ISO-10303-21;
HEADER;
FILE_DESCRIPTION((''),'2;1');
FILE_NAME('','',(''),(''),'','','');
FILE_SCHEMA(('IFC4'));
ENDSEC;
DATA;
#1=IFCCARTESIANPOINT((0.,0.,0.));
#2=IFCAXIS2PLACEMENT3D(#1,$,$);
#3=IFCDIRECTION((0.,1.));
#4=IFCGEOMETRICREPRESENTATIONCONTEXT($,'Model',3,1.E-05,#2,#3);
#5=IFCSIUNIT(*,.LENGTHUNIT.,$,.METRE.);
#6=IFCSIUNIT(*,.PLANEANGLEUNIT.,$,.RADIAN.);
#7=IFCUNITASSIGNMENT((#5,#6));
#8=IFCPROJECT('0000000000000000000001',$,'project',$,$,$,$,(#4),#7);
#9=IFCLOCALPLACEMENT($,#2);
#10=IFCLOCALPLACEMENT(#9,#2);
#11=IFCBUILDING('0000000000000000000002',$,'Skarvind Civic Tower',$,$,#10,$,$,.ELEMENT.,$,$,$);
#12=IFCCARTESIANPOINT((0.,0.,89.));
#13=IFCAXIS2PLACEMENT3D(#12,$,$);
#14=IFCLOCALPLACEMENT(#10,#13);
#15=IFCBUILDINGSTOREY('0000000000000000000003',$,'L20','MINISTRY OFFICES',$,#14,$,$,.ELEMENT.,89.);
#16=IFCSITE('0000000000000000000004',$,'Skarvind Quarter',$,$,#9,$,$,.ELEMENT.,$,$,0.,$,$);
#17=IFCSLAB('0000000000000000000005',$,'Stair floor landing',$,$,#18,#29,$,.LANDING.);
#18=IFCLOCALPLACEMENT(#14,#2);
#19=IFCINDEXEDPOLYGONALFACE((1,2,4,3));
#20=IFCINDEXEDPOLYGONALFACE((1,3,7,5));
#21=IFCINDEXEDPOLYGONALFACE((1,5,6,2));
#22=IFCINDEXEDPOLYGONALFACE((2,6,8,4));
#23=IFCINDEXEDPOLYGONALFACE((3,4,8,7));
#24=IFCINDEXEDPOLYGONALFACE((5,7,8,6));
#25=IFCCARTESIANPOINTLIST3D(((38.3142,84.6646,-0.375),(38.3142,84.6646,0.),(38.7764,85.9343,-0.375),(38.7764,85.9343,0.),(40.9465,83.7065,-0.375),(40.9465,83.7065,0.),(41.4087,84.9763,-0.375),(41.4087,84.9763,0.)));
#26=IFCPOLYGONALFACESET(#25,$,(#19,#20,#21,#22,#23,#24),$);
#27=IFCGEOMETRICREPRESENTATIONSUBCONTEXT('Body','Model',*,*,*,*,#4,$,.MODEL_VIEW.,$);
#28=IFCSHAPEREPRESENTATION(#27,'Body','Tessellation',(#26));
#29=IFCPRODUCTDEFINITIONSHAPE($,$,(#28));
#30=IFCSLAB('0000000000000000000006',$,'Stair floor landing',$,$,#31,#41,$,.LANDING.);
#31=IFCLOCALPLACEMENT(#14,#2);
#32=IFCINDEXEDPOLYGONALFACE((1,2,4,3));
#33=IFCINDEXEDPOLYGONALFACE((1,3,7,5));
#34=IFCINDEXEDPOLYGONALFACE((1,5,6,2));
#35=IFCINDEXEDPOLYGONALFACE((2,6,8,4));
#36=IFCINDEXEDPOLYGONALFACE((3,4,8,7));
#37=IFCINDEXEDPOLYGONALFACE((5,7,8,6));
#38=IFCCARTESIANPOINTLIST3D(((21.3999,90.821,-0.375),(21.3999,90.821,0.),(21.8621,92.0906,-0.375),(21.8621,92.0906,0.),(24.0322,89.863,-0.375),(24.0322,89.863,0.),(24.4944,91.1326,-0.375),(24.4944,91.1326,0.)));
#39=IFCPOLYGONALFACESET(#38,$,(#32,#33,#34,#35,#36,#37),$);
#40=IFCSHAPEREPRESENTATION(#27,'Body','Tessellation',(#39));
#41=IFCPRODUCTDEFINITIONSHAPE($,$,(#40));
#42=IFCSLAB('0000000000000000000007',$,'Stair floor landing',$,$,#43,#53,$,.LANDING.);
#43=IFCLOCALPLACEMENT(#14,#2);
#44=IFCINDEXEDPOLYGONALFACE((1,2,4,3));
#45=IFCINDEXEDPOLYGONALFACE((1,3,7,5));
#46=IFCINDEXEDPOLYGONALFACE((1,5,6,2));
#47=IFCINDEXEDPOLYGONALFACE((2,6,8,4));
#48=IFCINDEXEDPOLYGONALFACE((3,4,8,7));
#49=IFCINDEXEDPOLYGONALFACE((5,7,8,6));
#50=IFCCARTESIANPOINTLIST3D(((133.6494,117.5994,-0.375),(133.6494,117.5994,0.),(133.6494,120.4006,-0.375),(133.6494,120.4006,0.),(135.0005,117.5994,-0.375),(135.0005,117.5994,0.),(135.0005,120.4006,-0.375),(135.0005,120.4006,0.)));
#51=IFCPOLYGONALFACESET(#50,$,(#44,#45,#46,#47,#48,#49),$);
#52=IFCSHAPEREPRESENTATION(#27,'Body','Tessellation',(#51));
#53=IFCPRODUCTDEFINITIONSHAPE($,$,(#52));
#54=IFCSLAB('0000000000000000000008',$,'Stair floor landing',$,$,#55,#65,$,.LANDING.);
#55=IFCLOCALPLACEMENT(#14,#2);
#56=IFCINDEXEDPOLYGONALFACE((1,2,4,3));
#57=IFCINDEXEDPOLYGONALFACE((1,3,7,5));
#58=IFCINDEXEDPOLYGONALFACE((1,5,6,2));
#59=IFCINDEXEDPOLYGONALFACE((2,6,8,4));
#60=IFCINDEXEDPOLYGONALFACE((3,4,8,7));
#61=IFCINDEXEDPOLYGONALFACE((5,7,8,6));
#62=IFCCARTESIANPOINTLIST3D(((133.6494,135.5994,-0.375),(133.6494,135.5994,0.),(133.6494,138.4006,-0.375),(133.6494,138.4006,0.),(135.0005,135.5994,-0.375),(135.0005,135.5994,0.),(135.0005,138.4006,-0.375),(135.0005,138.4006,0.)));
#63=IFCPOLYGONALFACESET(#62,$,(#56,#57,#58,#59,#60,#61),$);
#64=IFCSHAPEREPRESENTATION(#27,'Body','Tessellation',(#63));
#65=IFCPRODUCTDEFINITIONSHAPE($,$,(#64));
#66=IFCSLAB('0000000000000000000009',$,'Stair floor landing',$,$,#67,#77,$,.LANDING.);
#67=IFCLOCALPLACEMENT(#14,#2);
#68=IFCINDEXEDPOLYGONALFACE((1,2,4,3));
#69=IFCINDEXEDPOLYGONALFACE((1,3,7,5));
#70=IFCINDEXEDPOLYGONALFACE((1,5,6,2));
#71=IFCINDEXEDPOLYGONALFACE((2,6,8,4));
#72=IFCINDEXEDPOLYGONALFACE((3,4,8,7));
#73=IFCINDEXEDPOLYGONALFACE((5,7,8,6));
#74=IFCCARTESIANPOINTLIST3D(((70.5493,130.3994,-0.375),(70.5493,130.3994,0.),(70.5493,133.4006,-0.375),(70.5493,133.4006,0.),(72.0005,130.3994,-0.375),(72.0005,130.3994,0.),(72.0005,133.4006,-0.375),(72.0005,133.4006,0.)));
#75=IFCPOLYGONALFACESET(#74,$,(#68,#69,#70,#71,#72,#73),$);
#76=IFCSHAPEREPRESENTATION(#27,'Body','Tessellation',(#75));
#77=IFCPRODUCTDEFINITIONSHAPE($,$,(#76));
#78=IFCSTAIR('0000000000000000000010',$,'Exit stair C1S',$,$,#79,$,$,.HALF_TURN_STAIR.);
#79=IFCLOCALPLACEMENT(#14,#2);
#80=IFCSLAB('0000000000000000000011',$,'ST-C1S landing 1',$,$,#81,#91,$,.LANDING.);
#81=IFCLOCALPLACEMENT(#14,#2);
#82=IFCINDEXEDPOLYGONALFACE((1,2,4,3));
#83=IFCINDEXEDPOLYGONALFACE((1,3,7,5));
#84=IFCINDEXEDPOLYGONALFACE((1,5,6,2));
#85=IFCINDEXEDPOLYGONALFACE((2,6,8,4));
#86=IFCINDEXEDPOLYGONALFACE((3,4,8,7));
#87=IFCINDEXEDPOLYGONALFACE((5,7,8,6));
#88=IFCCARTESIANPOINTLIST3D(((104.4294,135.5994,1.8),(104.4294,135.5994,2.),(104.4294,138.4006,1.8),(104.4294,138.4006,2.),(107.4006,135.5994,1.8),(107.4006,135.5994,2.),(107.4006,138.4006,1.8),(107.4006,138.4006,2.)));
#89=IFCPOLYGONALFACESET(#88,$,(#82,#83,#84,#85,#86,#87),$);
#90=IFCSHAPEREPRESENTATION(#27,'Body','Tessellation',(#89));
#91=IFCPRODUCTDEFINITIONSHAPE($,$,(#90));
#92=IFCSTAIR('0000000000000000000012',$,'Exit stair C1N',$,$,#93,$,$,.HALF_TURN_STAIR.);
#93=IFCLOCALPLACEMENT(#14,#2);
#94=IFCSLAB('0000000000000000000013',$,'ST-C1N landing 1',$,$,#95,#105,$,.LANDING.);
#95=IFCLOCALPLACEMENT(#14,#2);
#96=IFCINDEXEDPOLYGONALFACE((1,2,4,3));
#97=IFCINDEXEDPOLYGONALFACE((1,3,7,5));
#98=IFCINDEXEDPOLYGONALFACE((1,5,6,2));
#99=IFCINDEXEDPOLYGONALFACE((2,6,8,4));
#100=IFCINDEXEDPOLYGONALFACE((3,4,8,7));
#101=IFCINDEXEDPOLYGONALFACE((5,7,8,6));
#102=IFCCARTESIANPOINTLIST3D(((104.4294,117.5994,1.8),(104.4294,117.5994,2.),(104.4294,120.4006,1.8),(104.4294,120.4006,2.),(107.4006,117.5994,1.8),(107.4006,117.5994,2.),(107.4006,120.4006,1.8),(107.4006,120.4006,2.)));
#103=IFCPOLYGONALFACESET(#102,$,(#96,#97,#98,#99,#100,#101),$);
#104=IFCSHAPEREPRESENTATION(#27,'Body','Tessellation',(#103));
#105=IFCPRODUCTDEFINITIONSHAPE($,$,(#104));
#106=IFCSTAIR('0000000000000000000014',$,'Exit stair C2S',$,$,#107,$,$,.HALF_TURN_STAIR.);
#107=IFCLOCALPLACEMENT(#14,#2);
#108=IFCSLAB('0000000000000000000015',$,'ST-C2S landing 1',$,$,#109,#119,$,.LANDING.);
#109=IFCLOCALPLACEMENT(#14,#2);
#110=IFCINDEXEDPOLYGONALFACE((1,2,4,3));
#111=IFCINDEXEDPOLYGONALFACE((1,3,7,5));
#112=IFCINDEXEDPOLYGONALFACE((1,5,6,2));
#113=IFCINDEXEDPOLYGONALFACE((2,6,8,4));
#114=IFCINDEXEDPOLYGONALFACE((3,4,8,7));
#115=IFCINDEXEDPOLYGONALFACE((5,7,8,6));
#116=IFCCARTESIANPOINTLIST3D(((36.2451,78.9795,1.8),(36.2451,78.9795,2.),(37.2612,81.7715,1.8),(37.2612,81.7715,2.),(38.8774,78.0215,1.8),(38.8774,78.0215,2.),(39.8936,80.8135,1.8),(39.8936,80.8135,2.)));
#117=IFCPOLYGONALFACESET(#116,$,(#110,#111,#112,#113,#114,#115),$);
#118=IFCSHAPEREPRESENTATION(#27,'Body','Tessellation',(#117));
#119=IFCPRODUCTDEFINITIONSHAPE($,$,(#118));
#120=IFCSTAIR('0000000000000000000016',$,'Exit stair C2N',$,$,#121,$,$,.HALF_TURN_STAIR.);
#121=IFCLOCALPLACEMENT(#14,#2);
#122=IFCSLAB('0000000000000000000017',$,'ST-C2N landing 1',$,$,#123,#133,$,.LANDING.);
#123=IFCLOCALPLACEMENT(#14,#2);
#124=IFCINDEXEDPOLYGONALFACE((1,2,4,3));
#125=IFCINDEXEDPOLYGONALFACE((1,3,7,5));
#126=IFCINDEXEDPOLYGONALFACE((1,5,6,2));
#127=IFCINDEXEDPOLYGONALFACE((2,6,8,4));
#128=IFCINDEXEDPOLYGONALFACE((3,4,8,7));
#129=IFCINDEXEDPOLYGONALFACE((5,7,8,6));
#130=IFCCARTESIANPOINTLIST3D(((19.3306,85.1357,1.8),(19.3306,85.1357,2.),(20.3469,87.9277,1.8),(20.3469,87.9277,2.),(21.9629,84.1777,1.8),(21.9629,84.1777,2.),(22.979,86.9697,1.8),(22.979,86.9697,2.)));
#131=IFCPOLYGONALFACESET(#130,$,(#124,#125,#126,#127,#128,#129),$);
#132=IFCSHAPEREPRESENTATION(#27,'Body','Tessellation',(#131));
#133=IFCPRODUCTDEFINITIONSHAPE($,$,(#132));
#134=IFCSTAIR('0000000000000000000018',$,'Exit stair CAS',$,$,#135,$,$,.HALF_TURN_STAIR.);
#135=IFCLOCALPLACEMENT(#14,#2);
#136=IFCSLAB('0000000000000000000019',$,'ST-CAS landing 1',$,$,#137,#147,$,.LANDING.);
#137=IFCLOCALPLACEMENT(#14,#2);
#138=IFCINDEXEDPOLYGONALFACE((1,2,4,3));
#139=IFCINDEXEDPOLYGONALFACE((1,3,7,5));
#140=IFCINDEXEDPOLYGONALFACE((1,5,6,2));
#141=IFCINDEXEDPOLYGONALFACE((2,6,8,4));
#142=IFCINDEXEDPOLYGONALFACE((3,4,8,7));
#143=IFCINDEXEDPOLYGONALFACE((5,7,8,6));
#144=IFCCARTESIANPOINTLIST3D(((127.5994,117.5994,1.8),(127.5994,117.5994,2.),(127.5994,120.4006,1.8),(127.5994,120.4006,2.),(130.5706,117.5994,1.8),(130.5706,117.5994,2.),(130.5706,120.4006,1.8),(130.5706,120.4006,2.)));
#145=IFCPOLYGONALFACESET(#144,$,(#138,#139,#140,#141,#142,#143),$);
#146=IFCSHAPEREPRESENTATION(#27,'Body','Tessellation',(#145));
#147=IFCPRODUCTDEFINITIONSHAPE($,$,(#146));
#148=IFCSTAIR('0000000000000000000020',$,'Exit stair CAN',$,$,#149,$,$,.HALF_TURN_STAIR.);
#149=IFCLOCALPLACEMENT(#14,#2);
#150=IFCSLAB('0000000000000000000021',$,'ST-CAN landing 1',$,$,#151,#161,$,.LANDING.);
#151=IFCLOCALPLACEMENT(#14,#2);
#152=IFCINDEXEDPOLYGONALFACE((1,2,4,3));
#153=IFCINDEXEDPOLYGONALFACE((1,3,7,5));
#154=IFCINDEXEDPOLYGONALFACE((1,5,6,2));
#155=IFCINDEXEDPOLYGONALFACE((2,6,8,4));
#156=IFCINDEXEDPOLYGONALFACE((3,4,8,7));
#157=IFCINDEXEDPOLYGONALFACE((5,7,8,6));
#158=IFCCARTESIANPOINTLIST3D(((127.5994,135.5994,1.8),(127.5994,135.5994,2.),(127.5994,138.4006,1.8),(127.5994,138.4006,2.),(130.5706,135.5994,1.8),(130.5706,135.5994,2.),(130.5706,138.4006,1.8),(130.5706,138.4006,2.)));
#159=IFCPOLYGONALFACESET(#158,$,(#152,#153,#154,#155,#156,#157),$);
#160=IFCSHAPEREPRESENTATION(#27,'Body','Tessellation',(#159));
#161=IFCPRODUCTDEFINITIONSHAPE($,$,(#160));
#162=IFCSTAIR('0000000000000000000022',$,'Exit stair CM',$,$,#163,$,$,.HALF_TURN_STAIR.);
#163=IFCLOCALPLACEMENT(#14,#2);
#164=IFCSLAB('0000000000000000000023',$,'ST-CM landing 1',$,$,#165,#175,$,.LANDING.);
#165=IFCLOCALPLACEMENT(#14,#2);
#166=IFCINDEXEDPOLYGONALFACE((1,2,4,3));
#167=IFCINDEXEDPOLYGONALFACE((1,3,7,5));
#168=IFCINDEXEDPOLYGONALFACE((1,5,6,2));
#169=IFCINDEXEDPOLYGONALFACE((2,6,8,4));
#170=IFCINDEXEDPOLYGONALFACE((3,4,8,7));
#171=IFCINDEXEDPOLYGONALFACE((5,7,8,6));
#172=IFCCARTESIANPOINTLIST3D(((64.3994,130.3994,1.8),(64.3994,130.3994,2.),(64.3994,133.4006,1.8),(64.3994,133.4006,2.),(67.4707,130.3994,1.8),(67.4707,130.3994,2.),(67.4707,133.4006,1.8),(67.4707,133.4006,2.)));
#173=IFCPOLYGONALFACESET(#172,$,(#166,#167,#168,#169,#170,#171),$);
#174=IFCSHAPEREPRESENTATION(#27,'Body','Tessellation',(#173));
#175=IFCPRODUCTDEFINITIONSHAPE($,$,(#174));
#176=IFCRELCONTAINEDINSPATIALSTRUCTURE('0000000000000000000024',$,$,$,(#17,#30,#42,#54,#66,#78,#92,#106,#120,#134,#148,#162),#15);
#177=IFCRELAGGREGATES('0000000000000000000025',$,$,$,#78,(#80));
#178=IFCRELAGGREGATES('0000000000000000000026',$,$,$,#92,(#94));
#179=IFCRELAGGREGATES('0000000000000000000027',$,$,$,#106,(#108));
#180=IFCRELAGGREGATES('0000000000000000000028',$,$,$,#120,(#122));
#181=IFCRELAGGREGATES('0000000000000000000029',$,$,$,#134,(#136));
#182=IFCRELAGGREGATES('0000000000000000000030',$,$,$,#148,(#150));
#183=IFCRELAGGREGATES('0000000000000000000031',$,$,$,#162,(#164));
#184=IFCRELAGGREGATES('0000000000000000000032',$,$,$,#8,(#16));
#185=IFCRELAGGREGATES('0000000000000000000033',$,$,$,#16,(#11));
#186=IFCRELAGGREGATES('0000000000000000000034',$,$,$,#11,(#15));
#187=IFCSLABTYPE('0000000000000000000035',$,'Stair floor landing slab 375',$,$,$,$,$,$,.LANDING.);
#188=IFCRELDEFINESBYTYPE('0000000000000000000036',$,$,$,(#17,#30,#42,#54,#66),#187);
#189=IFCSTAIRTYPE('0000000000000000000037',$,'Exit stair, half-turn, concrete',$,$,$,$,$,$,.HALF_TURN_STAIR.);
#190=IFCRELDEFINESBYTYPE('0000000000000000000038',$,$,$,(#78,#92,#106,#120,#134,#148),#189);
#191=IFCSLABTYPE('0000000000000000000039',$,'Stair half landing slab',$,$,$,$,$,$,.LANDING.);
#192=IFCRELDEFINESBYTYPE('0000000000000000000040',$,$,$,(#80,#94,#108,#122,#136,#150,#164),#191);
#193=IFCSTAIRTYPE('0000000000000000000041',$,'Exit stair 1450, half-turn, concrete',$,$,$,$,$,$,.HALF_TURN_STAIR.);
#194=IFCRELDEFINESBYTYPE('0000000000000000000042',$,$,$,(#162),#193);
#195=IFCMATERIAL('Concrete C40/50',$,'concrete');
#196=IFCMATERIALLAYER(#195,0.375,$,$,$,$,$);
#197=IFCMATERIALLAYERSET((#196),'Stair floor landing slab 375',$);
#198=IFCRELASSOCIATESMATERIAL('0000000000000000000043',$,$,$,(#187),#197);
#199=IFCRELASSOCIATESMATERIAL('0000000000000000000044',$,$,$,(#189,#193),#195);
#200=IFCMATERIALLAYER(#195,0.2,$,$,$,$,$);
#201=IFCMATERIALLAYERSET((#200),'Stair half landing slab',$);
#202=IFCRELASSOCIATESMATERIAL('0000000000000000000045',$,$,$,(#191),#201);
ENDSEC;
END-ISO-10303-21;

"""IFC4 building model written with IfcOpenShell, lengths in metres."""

from ifc_helpers import new_model, si_unit, direction, frame, origin, place, context, subcontext, project, spatial, polyline, outline, extrude, material, layer, layer_set, type_object, element, aggregate, save


model = new_model("IFC4")

# Units and contexts
model_context = context("Model", 3, precision=1e-05, world=origin(), true_north=direction((0.0, 1.0)))
body_context = subcontext(model_context, "Body", "Model", "MODEL_VIEW")
ifc_project = project(units=[si_unit("LENGTHUNIT", "METRE"), si_unit("PLANEANGLEUNIT", "RADIAN")], contexts=[model_context])

# Site, building, storey
site_placement = place(None, origin())
site = spatial("IfcSite", under=ifc_project, at=site_placement, Name="Skarvind Quarter", CompositionType="ELEMENT", RefElevation=0.0)
building_placement = place(site_placement, origin())
building = spatial("IfcBuilding", under=site, at=building_placement, Name="Skarvind Civic Tower", CompositionType="ELEMENT")
storey_placement = place(building_placement, frame((0.0, 0.0, 89.0)))
storey = spatial("IfcBuildingStorey", under=building, at=storey_placement, Name="L20", Description="MINISTRY OFFICES", CompositionType="ELEMENT", Elevation=89.0)

# Slabs
ifc_material_1 = material(Name="Concrete C40/50", Category="concrete")
ifc_layer_1 = layer(ifc_material_1, 0.375)
ifc_layer_set_1 = layer_set([ifc_layer_1], Name="Stair floor landing slab 375")
slab_type_1 = type_object("IfcSlabType", Name="Stair floor landing slab 375", PredefinedType="LANDING", material=ifc_layer_set_1)
slab_1_placement = place(storey_placement, frame((0.0, 0.0, -0.375)))
element("IfcSlab", 1, at=slab_1_placement, inside=storey, type_object=slab_type_1, Name="Stair floor landing", PredefinedType="LANDING", context=body_context, shape_type="SweptSolid", body=[
    extrude(outline(polyline([(40.9465, 83.7065), (38.3142, 84.6646), (38.7764, 85.9343), (41.4087, 84.9763), (40.9465, 83.7065)])), origin(), (0.0, 0.0, 1.0), 0.375),
])
slab_2_placement = place(storey_placement, frame((0.0, 0.0, -0.375)))
element("IfcSlab", 2, at=slab_2_placement, inside=storey, type_object=slab_type_1, Name="Stair floor landing", PredefinedType="LANDING", context=body_context, shape_type="SweptSolid", body=[
    extrude(outline(polyline([(24.0322, 89.863), (21.3999, 90.821), (21.8621, 92.0906), (24.4944, 91.1326), (24.0322, 89.863)])), origin(), (0.0, 0.0, 1.0), 0.375),
])
slab_3_placement = place(storey_placement, frame((0.0, 0.0, -0.375)))
element("IfcSlab", 3, at=slab_3_placement, inside=storey, type_object=slab_type_1, Name="Stair floor landing", PredefinedType="LANDING", context=body_context, shape_type="SweptSolid", body=[
    extrude(outline(polyline([(133.6494, 117.5994), (133.6494, 120.4006), (135.0005, 120.4006), (135.0005, 117.5994), (133.6494, 117.5994)])), origin(), (0.0, 0.0, 1.0), 0.375),
])
slab_4_placement = place(storey_placement, frame((0.0, 0.0, -0.375)))
element("IfcSlab", 4, at=slab_4_placement, inside=storey, type_object=slab_type_1, Name="Stair floor landing", PredefinedType="LANDING", context=body_context, shape_type="SweptSolid", body=[
    extrude(outline(polyline([(133.6494, 135.5994), (133.6494, 138.4006), (135.0005, 138.4006), (135.0005, 135.5994), (133.6494, 135.5994)])), origin(), (0.0, 0.0, 1.0), 0.375),
])
slab_5_placement = place(storey_placement, frame((0.0, 0.0, -0.375)))
element("IfcSlab", 5, at=slab_5_placement, inside=storey, type_object=slab_type_1, Name="Stair floor landing", PredefinedType="LANDING", context=body_context, shape_type="SweptSolid", body=[
    extrude(outline(polyline([(70.5493, 130.3994), (70.5493, 133.4006), (72.0005, 133.4006), (72.0005, 130.3994), (70.5493, 130.3994)])), origin(), (0.0, 0.0, 1.0), 0.375),
])

# Stairs, slabs
stair_type_1 = type_object("IfcStairType", Name="Exit stair, half-turn, concrete", PredefinedType="HALF_TURN_STAIR", material=ifc_material_1)
stair_1_placement = place(storey_placement, origin())
stair_1 = element("IfcStair", 6, at=stair_1_placement, inside=storey, type_object=stair_type_1, Name="Exit stair C1S", PredefinedType="HALF_TURN_STAIR")
ifc_layer_2 = layer(ifc_material_1, 0.2)
ifc_layer_set_2 = layer_set([ifc_layer_2], Name="Stair half landing slab")
slab_type_2 = type_object("IfcSlabType", Name="Stair half landing slab", PredefinedType="LANDING", material=ifc_layer_set_2)
slab_6_placement = place(storey_placement, frame((0.0, 0.0, 1.8)))
slab_6 = element("IfcSlab", 7, at=slab_6_placement, type_object=slab_type_2, Name="ST-C1S landing 1", PredefinedType="LANDING", context=body_context, shape_type="SweptSolid", body=[
    extrude(outline(polyline([(104.4294, 135.5994), (104.4294, 138.4006), (107.4006, 138.4006), (107.4006, 135.5994), (104.4294, 135.5994)])), origin(), (0.0, 0.0, 1.0), 0.2),
])
aggregate(stair_1, [slab_6])
stair_2_placement = place(storey_placement, origin())
stair_2 = element("IfcStair", 8, at=stair_2_placement, inside=storey, type_object=stair_type_1, Name="Exit stair C1N", PredefinedType="HALF_TURN_STAIR")
slab_7_placement = place(storey_placement, frame((0.0, 0.0, 1.8)))
slab_7 = element("IfcSlab", 9, at=slab_7_placement, type_object=slab_type_2, Name="ST-C1N landing 1", PredefinedType="LANDING", context=body_context, shape_type="SweptSolid", body=[
    extrude(outline(polyline([(104.4294, 117.5994), (104.4294, 120.4006), (107.4006, 120.4006), (107.4006, 117.5994), (104.4294, 117.5994)])), origin(), (0.0, 0.0, 1.0), 0.2),
])
aggregate(stair_2, [slab_7])
stair_3_placement = place(storey_placement, origin())
stair_3 = element("IfcStair", 10, at=stair_3_placement, inside=storey, type_object=stair_type_1, Name="Exit stair C2S", PredefinedType="HALF_TURN_STAIR")
slab_8_placement = place(storey_placement, frame((0.0, 0.0, 1.8)))
slab_8 = element("IfcSlab", 11, at=slab_8_placement, type_object=slab_type_2, Name="ST-C2S landing 1", PredefinedType="LANDING", context=body_context, shape_type="SweptSolid", body=[
    extrude(outline(polyline([(37.2612, 81.7715), (39.8936, 80.8135), (38.8774, 78.0215), (36.2451, 78.9795), (37.2612, 81.7715)])), origin(), (0.0, 0.0, 1.0), 0.2),
])
aggregate(stair_3, [slab_8])
stair_4_placement = place(storey_placement, origin())
stair_4 = element("IfcStair", 12, at=stair_4_placement, inside=storey, type_object=stair_type_1, Name="Exit stair C2N", PredefinedType="HALF_TURN_STAIR")
slab_9_placement = place(storey_placement, frame((0.0, 0.0, 1.8)))
slab_9 = element("IfcSlab", 13, at=slab_9_placement, type_object=slab_type_2, Name="ST-C2N landing 1", PredefinedType="LANDING", context=body_context, shape_type="SweptSolid", body=[
    extrude(outline(polyline([(20.3469, 87.9277), (22.979, 86.9697), (21.9629, 84.1777), (19.3306, 85.1357), (20.3469, 87.9277)])), origin(), (0.0, 0.0, 1.0), 0.2),
])
aggregate(stair_4, [slab_9])
stair_5_placement = place(storey_placement, origin())
stair_5 = element("IfcStair", 14, at=stair_5_placement, inside=storey, type_object=stair_type_1, Name="Exit stair CAS", PredefinedType="HALF_TURN_STAIR")
slab_10_placement = place(storey_placement, frame((0.0, 0.0, 1.8)))
slab_10 = element("IfcSlab", 15, at=slab_10_placement, type_object=slab_type_2, Name="ST-CAS landing 1", PredefinedType="LANDING", context=body_context, shape_type="SweptSolid", body=[
    extrude(outline(polyline([(130.5706, 120.4006), (130.5706, 117.5994), (127.5994, 117.5994), (127.5994, 120.4006), (130.5706, 120.4006)])), origin(), (0.0, 0.0, 1.0), 0.2),
])
aggregate(stair_5, [slab_10])
stair_6_placement = place(storey_placement, origin())
stair_6 = element("IfcStair", 16, at=stair_6_placement, inside=storey, type_object=stair_type_1, Name="Exit stair CAN", PredefinedType="HALF_TURN_STAIR")
slab_11_placement = place(storey_placement, frame((0.0, 0.0, 1.8)))
slab_11 = element("IfcSlab", 17, at=slab_11_placement, type_object=slab_type_2, Name="ST-CAN landing 1", PredefinedType="LANDING", context=body_context, shape_type="SweptSolid", body=[
    extrude(outline(polyline([(130.5706, 138.4006), (130.5706, 135.5994), (127.5994, 135.5994), (127.5994, 138.4006), (130.5706, 138.4006)])), origin(), (0.0, 0.0, 1.0), 0.2),
])
aggregate(stair_6, [slab_11])
stair_type_2 = type_object("IfcStairType", Name="Exit stair 1450, half-turn, concrete", PredefinedType="HALF_TURN_STAIR", material=ifc_material_1)
stair_7_placement = place(storey_placement, origin())
stair_7 = element("IfcStair", 18, at=stair_7_placement, inside=storey, type_object=stair_type_2, Name="Exit stair CM", PredefinedType="HALF_TURN_STAIR")
slab_12_placement = place(storey_placement, frame((0.0, 0.0, 1.8)))
slab_12 = element("IfcSlab", 19, at=slab_12_placement, type_object=slab_type_2, Name="ST-CM landing 1", PredefinedType="LANDING", context=body_context, shape_type="SweptSolid", body=[
    extrude(outline(polyline([(67.4707, 133.4006), (67.4707, 130.3994), (64.3994, 130.3994), (64.3994, 133.4006), (67.4707, 133.4006)])), origin(), (0.0, 0.0, 1.0), 0.2),
])
aggregate(stair_7, [slab_12])

save(model, "model.ifc")
